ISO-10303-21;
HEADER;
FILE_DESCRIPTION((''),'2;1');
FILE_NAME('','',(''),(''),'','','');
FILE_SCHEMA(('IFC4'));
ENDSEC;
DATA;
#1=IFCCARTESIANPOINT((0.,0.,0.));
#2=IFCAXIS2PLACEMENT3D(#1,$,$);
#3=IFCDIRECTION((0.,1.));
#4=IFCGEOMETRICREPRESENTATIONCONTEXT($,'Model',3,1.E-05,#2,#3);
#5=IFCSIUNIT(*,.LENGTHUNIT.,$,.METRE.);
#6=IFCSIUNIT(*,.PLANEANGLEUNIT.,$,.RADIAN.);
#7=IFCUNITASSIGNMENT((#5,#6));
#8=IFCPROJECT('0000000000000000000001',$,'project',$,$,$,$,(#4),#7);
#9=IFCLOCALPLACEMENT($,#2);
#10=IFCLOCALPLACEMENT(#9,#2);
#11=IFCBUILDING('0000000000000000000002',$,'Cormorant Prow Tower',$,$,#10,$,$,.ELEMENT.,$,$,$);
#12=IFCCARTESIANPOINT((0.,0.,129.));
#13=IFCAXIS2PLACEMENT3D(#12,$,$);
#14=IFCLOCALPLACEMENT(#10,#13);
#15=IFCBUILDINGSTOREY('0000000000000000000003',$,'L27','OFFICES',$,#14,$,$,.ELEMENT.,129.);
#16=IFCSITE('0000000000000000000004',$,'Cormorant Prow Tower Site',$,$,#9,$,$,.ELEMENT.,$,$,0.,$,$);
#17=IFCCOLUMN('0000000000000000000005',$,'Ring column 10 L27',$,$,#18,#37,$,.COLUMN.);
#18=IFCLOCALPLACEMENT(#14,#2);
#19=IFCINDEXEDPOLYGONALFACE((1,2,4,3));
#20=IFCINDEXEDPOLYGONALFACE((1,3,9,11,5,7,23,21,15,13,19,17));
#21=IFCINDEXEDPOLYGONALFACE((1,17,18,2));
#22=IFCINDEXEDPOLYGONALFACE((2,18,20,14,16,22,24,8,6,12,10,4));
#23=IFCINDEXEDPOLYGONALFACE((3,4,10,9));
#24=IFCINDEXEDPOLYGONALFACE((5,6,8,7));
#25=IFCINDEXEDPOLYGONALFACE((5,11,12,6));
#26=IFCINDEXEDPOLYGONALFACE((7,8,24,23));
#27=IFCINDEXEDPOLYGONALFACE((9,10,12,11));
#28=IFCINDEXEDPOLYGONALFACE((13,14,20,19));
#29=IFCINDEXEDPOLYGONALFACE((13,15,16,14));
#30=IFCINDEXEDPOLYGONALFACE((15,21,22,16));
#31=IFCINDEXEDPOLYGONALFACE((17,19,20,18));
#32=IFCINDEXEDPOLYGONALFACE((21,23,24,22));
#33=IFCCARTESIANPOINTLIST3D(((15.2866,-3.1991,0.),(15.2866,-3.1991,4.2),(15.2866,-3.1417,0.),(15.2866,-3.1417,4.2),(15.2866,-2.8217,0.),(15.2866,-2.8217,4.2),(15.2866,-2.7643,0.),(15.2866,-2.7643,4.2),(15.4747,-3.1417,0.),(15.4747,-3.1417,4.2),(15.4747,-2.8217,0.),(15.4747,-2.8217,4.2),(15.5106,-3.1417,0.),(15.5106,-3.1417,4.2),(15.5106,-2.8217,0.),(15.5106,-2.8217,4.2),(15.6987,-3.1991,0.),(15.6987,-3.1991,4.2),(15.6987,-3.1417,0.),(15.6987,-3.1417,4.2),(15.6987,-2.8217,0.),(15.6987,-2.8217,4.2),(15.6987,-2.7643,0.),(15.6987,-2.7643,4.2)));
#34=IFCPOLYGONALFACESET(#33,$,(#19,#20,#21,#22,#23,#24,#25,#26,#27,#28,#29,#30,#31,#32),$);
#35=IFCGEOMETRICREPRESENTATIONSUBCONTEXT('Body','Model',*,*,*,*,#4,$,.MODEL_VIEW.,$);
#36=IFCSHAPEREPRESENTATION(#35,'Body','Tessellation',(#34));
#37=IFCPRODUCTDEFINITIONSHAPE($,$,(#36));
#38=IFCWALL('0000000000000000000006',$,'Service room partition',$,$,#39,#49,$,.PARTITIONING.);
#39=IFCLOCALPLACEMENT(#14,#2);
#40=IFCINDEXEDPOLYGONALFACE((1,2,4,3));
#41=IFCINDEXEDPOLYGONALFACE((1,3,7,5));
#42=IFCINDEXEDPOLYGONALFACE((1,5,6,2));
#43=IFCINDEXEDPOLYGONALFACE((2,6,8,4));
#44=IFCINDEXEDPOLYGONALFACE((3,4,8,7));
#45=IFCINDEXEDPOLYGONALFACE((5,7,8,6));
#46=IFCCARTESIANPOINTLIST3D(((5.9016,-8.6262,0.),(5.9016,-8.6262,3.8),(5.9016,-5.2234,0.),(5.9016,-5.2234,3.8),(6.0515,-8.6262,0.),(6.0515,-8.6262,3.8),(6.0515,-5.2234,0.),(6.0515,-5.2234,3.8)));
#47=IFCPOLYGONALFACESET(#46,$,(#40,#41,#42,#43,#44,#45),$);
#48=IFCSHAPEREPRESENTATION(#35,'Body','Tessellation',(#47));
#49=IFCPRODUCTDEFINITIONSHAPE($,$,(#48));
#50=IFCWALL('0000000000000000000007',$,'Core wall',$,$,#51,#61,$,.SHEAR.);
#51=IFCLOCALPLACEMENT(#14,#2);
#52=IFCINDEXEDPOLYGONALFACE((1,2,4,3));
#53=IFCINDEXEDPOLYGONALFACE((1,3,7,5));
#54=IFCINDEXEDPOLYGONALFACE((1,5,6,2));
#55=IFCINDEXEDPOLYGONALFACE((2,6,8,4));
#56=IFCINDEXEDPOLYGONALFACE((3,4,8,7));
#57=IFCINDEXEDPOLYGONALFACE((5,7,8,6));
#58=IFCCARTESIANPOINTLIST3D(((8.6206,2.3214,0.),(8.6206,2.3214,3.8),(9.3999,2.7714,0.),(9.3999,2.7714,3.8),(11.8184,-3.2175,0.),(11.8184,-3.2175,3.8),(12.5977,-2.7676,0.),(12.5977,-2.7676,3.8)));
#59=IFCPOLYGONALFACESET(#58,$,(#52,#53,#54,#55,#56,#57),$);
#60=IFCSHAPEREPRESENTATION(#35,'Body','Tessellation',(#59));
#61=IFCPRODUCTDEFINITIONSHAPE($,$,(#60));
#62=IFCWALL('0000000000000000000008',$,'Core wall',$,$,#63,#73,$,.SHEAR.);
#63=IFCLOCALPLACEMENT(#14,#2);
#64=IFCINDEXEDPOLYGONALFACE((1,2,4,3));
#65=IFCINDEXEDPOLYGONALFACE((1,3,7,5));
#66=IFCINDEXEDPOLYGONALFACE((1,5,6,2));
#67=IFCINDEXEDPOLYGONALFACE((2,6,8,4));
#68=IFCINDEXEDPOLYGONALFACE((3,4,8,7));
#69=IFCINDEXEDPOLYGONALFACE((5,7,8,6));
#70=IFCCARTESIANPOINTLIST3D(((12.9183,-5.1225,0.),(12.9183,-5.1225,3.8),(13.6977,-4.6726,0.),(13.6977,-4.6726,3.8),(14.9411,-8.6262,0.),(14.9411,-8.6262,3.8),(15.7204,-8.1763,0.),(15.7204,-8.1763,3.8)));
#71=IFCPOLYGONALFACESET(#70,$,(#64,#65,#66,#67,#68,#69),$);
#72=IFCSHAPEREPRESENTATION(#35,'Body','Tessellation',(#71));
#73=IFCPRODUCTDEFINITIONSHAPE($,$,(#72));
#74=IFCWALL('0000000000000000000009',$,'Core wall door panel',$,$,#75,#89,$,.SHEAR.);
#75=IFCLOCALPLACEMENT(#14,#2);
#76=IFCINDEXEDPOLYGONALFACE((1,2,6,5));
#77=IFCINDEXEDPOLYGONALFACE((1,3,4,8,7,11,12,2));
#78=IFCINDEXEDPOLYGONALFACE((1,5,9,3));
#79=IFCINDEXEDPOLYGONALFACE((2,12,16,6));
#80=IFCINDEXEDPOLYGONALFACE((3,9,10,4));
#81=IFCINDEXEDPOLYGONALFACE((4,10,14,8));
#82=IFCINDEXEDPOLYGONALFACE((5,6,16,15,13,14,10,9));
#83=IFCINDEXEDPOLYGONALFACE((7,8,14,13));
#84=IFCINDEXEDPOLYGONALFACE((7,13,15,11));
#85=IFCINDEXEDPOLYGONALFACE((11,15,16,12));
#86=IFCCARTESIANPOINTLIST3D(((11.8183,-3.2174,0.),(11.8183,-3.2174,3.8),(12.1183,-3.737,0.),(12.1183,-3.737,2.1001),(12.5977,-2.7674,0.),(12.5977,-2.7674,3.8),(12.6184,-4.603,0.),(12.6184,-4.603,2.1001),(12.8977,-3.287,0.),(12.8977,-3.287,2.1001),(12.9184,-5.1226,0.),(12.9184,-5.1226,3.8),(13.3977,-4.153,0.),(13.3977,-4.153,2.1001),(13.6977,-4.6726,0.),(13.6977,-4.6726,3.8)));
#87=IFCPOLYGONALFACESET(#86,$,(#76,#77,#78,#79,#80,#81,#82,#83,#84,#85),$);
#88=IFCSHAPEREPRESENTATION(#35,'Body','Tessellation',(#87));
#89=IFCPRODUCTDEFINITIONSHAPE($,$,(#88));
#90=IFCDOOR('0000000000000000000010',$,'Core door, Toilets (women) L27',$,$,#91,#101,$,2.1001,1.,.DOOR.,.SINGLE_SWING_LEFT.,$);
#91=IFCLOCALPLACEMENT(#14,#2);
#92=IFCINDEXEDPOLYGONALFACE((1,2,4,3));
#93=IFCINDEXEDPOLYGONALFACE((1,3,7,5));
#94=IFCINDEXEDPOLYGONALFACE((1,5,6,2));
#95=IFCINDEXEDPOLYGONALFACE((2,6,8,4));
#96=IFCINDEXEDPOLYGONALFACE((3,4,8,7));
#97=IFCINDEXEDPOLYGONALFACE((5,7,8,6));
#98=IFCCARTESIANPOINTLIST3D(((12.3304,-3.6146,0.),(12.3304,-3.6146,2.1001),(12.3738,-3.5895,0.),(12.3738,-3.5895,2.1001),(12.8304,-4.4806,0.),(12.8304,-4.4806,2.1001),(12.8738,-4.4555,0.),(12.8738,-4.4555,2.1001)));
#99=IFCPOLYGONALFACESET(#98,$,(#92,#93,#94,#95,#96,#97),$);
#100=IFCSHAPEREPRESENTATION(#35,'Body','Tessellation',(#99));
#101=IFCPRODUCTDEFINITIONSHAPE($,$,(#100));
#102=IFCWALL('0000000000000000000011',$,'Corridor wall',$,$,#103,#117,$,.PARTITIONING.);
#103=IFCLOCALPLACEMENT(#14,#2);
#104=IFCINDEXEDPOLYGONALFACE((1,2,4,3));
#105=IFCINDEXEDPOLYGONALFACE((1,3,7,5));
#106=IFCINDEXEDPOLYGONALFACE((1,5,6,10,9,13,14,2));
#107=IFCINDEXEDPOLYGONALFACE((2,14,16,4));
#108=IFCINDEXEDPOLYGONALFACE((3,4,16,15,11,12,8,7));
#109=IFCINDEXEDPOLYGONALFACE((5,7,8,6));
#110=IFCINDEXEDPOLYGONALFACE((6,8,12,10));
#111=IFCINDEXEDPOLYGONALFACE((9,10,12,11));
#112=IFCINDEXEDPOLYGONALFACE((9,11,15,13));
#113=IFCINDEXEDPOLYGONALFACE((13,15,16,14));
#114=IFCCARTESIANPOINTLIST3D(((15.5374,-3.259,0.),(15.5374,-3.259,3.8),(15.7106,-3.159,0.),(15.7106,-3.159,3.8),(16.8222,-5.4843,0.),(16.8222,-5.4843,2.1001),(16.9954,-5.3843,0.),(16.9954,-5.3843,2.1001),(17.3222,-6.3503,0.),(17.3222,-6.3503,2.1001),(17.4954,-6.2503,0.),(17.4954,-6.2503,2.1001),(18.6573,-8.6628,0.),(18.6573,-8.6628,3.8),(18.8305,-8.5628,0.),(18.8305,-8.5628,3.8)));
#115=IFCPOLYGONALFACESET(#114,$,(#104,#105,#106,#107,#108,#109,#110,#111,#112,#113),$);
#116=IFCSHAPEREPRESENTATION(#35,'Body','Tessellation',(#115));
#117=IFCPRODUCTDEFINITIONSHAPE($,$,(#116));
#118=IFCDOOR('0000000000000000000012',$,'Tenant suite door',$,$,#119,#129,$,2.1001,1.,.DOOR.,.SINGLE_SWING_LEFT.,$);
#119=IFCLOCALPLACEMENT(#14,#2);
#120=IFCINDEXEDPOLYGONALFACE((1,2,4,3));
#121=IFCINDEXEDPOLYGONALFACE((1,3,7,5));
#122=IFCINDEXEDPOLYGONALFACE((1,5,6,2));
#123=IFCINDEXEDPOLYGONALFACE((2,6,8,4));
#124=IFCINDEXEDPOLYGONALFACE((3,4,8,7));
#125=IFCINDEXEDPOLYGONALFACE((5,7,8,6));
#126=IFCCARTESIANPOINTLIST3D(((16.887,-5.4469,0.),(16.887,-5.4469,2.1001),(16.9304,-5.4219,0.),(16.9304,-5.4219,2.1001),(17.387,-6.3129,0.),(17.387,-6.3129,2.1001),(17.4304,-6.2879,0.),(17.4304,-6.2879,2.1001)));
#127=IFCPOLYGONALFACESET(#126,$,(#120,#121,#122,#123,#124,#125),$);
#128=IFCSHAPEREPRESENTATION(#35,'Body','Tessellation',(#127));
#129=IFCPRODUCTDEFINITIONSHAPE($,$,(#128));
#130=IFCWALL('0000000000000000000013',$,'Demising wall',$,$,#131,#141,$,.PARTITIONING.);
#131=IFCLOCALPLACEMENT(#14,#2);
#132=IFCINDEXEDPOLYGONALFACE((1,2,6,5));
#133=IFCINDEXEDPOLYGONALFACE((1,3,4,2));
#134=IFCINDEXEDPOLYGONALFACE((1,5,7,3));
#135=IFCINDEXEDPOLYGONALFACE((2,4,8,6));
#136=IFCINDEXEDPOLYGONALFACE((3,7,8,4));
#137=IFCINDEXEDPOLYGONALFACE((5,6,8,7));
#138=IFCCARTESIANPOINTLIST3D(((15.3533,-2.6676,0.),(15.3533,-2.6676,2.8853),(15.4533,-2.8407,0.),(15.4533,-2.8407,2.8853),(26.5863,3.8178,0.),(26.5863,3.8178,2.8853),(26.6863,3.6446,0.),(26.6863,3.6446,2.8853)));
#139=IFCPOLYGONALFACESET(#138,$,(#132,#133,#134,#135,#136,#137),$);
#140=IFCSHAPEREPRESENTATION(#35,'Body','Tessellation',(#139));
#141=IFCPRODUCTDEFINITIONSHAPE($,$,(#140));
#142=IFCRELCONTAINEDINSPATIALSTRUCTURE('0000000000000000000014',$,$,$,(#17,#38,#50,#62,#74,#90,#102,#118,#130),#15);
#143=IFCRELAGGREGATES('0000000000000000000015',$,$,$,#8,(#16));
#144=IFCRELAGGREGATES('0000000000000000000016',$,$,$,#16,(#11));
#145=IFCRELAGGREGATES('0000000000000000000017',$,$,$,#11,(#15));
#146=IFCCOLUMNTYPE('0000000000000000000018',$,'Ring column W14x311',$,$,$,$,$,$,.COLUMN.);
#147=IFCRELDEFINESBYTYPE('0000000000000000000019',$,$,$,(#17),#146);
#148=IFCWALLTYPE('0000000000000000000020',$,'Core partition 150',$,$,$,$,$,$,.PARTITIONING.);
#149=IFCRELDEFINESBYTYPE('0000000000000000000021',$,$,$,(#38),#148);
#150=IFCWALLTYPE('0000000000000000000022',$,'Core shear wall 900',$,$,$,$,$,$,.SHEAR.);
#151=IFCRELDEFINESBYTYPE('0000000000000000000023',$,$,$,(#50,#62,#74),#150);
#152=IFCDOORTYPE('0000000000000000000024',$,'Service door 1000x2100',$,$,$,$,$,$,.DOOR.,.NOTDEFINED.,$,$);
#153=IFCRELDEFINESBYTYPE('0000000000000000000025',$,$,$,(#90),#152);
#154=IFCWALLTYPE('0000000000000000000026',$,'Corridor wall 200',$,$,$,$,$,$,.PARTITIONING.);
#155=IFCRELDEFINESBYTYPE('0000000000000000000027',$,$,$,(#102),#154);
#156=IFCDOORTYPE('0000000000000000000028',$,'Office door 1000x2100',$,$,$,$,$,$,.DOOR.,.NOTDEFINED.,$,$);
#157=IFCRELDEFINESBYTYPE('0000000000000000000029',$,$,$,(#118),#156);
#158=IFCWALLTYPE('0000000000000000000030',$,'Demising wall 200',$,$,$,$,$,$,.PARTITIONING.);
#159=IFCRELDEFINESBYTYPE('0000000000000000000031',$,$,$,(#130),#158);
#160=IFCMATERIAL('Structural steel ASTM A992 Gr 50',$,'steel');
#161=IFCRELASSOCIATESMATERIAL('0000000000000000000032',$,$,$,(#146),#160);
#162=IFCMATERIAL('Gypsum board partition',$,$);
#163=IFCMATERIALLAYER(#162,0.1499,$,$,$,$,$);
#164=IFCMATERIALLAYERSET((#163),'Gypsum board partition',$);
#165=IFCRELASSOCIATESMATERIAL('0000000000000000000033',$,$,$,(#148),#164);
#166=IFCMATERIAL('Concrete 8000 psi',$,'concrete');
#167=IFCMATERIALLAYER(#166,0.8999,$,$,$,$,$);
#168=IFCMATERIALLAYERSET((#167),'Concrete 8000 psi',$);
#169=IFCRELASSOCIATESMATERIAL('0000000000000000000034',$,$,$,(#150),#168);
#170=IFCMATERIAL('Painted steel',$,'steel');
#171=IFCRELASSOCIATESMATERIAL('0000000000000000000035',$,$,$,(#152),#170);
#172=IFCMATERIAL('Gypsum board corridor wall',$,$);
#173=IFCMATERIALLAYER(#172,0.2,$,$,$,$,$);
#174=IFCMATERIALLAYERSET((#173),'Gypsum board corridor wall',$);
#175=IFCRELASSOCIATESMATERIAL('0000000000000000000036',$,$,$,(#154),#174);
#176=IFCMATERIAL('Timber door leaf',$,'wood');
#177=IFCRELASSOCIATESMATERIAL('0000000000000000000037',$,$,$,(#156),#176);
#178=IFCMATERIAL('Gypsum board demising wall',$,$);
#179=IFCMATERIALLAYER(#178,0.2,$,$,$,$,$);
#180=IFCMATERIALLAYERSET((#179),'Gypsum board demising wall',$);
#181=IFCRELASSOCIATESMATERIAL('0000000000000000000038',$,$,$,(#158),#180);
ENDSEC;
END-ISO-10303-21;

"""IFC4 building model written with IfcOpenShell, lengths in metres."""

from ifc_helpers import new_model, si_unit, direction, frame, frame_2d, origin, origin_2d, place, context, subcontext, project, spatial, rectangle, i_section, extrude, material, layer, layer_set, material_profile, profile_set, type_object, element, fill, save


model = new_model("IFC4")

# Units and contexts
model_context = context("Model", 3, precision=1e-05, world=origin(), true_north=direction((0.0, 1.0)))
body_context = subcontext(model_context, "Body", "Model", "MODEL_VIEW")
ifc_project = project(units=[si_unit("LENGTHUNIT", "METRE"), si_unit("PLANEANGLEUNIT", "RADIAN")], contexts=[model_context])

# Site, building, storey
site_placement = place(None, origin())
site = spatial("IfcSite", under=ifc_project, at=site_placement, Name="Cormorant Prow Tower Site", CompositionType="ELEMENT", RefElevation=0.0)
building_placement = place(site_placement, origin())
building = spatial("IfcBuilding", under=site, at=building_placement, Name="Cormorant Prow Tower", CompositionType="ELEMENT")
storey_placement = place(building_placement, frame((0.0, 0.0, 129.0)))
storey = spatial("IfcBuildingStorey", under=building, at=storey_placement, Name="L27", Description="OFFICES", CompositionType="ELEMENT", Elevation=129.0)

# Column
ifc_material_1 = material(Name="Structural steel ASTM A992 Gr 50", Category="steel")
ifc_material_profile = material_profile(ifc_material_1, i_section(OverallWidth=0.4121, OverallDepth=0.4348, WebThickness=0.0359, FlangeThickness=0.0574, at=origin_2d()), Name="W14x311")
ifc_profile_set = profile_set([ifc_material_profile], Name="Structural steel ASTM A992 Gr 50")
column_type = type_object("IfcColumnType", Name="Ring column W14x311", PredefinedType="COLUMN", material=ifc_profile_set)
column_placement = place(storey_placement, frame((15.4927, -2.9817, 0.0), z_axis=(0.0, 0.0, 1.0), x_axis=(1.0, 0.0, 0.0)))
element("IfcColumn", 1, at=column_placement, inside=storey, type_object=column_type, Name="Ring column 10 L27", PredefinedType="COLUMN", context=body_context, shape_type="SweptSolid", body=[
    extrude(i_section(OverallWidth=0.4121, OverallDepth=0.4348, WebThickness=0.0359, FlangeThickness=0.0574, at=origin_2d()), origin(), (0.0, 0.0, 1.0), 4.2),
])

# Walls
ifc_material_2 = material(Name="Gypsum board partition")
ifc_layer_1 = layer(ifc_material_2, 0.1499)
ifc_layer_set_1 = layer_set([ifc_layer_1], Name="Gypsum board partition")
wall_type_1 = type_object("IfcWallType", Name="Core partition 150", PredefinedType="PARTITIONING", material=ifc_layer_set_1)
wall_1_placement = place(storey_placement, frame((5.9766, -8.6262, 0.0), z_axis=(0.0, 0.0, 1.0), x_axis=(0.0, 1.0, 0.0)))
element("IfcWall", 2, at=wall_1_placement, inside=storey, type_object=wall_type_1, Name="Service room partition", PredefinedType="PARTITIONING", context=body_context, shape_type="SweptSolid", body=[
    extrude(rectangle(XDim=3.4028, YDim=0.1499, at=frame_2d((1.7014, 0.0))), origin(), (0.0, 0.0, 1.0), 3.8),
])
ifc_material_3 = material(Name="Concrete 8000 psi", Category="concrete")
ifc_layer_2 = layer(ifc_material_3, 0.8999)
ifc_layer_set_2 = layer_set([ifc_layer_2], Name="Concrete 8000 psi")
wall_type_2 = type_object("IfcWallType", Name="Core shear wall 900", PredefinedType="SHEAR", material=ifc_layer_set_2)
wall_2_placement = place(storey_placement, frame((12.208, -2.9924, 0.0), z_axis=(0.0, 0.0, 1.0), x_axis=(-0.49999, 0.866031, 0.0)))
element("IfcWall", 3, at=wall_2_placement, inside=storey, type_object=wall_type_2, Name="Core wall", PredefinedType="SHEAR", context=body_context, shape_type="SweptSolid", body=[
    extrude(rectangle(XDim=6.3958, YDim=0.8999, at=frame_2d((3.1978, 0.0))), origin(), (0.0, 0.0, 1.0), 3.8),
])
wall_3_placement = place(storey_placement, frame((15.3308, -8.4014, 0.0), z_axis=(0.0, 0.0, 1.0), x_axis=(-0.499975, 0.86604, 0.0)))
element("IfcWall", 4, at=wall_3_placement, inside=storey, type_object=wall_type_2, Name="Core wall", PredefinedType="SHEAR", context=body_context, shape_type="SweptSolid", body=[
    extrude(rectangle(XDim=4.0457, YDim=0.8999, at=frame_2d((2.0229, 0.0))), origin(), (0.0, 0.0, 1.0), 3.8),
])

# Walls, openings, doors
wall_4_placement = place(storey_placement, frame((13.3081, -4.8977, 0.0), z_axis=(0.0, 0.0, 1.0), x_axis=(-0.50003, 0.866008, 0.0)))
wall_4 = element("IfcWall", 5, at=wall_4_placement, inside=storey, type_object=wall_type_2, Name="Core wall door panel", PredefinedType="SHEAR", context=body_context, shape_type="SweptSolid", body=[
    extrude(rectangle(XDim=2.2, YDim=0.8999, at=frame_2d((1.1001, 0.0))), origin(), (0.0, 0.0, 1.0), 3.8),
])
opening_1_placement = place(wall_4_placement, frame((0.6001, 0.0, 0.0)))
opening_1 = element("IfcOpeningElement", 6, at=opening_1_placement, cuts=wall_4, PredefinedType="OPENING", context=body_context, shape_type="SweptSolid", body=[
    extrude(rectangle(XDim=1.0, YDim=2.1001, at=frame_2d((0.5, 1.05))), frame((0.0, 0.46, 0.0), z_axis=(0.0, -1.0, 0.0), x_axis=(1.0, 0.0, 0.0)), (0.0, 0.0, 1.0), 0.9199),
])
ifc_material_4 = material(Name="Painted steel", Category="steel")
door_type_1 = type_object("IfcDoorType", Name="Service door 1000x2100", OperationType="NOTDEFINED", PredefinedType="DOOR", material=ifc_material_4)
door_1_placement = place(opening_1_placement, origin())
door_1 = element("IfcDoor", 7, at=door_1_placement, inside=storey, type_object=door_type_1, Name="Core door, Toilets (women) L27", OperationType="SINGLE_SWING_LEFT", OverallHeight=2.1001, OverallWidth=1.0, PredefinedType="DOOR", context=body_context, shape_type="SweptSolid", body=[
    extrude(rectangle(XDim=1.0, YDim=2.1001, at=frame_2d((0.5, 1.05))), frame((0.0, 0.2051, 0.0), z_axis=(0.0, -1.0, 0.0), x_axis=(1.0, 0.0, 0.0)), (0.0, 0.0, 1.0), 0.05),
])
fill(opening_1, door_1)
ifc_material_5 = material(Name="Gypsum board corridor wall")
ifc_layer_3 = layer(ifc_material_5, 0.2)
ifc_layer_set_3 = layer_set([ifc_layer_3], Name="Gypsum board corridor wall")
wall_type_3 = type_object("IfcWallType", Name="Corridor wall 200", PredefinedType="PARTITIONING", material=ifc_layer_set_3)
wall_5_placement = place(storey_placement, frame((15.624, -3.209, 0.0), z_axis=(0.0, 0.0, 1.0), x_axis=(0.499998, -0.866027, 0.0)))
wall_5 = element("IfcWall", 8, at=wall_5_placement, inside=storey, type_object=wall_type_3, Name="Corridor wall", PredefinedType="PARTITIONING", context=body_context, shape_type="SweptSolid", body=[
    extrude(rectangle(XDim=6.2397, YDim=0.2, at=frame_2d((3.1199, 0.0))), origin(), (0.0, 0.0, 1.0), 3.8),
])
opening_2_placement = place(wall_5_placement, frame((2.5696, 0.0, 0.0)))
opening_2 = element("IfcOpeningElement", 9, at=opening_2_placement, cuts=wall_5, PredefinedType="OPENING", context=body_context, shape_type="SweptSolid", body=[
    extrude(rectangle(XDim=1.0, YDim=2.1001, at=frame_2d((0.5, 1.05))), frame((0.0, 0.1099, 0.0), z_axis=(0.0, -1.0, 0.0), x_axis=(1.0, 0.0, 0.0)), (0.0, 0.0, 1.0), 0.22),
])
ifc_material_6 = material(Name="Timber door leaf", Category="wood")
door_type_2 = type_object("IfcDoorType", Name="Office door 1000x2100", OperationType="NOTDEFINED", PredefinedType="DOOR", material=ifc_material_6)
door_2_placement = place(opening_2_placement, origin())
door_2 = element("IfcDoor", 10, at=door_2_placement, inside=storey, type_object=door_type_2, Name="Tenant suite door", OperationType="SINGLE_SWING_LEFT", OverallHeight=2.1001, OverallWidth=1.0, PredefinedType="DOOR", context=body_context, shape_type="SweptSolid", body=[
    extrude(rectangle(XDim=1.0, YDim=2.1001, at=frame_2d((0.5, 1.05))), frame((0.0, 0.0249, 0.0), z_axis=(0.0, -1.0, 0.0), x_axis=(1.0, 0.0, 0.0)), (0.0, 0.0, 1.0), 0.05),
])
fill(opening_2, door_2)

# Wall
ifc_material_7 = material(Name="Gypsum board demising wall")
ifc_layer_4 = layer(ifc_material_7, 0.2)
ifc_layer_set_4 = layer_set([ifc_layer_4], Name="Gypsum board demising wall")
wall_type_4 = type_object("IfcWallType", Name="Demising wall 200", PredefinedType="PARTITIONING", material=ifc_layer_set_4)
wall_6_placement = place(storey_placement, frame((15.4033, -2.7542, 0.0), z_axis=(0.0, 0.0, 1.0), x_axis=(0.866024, 0.500002, 0.0)))
element("IfcWall", 11, at=wall_6_placement, inside=storey, type_object=wall_type_4, Name="Demising wall", PredefinedType="PARTITIONING", context=body_context, shape_type="SweptSolid", body=[
    extrude(rectangle(XDim=12.9707, YDim=0.2, at=frame_2d((6.4854, 0.0))), origin(), (0.0, 0.0, 1.0), 2.8853),
])

save(model, "model.ifc")
